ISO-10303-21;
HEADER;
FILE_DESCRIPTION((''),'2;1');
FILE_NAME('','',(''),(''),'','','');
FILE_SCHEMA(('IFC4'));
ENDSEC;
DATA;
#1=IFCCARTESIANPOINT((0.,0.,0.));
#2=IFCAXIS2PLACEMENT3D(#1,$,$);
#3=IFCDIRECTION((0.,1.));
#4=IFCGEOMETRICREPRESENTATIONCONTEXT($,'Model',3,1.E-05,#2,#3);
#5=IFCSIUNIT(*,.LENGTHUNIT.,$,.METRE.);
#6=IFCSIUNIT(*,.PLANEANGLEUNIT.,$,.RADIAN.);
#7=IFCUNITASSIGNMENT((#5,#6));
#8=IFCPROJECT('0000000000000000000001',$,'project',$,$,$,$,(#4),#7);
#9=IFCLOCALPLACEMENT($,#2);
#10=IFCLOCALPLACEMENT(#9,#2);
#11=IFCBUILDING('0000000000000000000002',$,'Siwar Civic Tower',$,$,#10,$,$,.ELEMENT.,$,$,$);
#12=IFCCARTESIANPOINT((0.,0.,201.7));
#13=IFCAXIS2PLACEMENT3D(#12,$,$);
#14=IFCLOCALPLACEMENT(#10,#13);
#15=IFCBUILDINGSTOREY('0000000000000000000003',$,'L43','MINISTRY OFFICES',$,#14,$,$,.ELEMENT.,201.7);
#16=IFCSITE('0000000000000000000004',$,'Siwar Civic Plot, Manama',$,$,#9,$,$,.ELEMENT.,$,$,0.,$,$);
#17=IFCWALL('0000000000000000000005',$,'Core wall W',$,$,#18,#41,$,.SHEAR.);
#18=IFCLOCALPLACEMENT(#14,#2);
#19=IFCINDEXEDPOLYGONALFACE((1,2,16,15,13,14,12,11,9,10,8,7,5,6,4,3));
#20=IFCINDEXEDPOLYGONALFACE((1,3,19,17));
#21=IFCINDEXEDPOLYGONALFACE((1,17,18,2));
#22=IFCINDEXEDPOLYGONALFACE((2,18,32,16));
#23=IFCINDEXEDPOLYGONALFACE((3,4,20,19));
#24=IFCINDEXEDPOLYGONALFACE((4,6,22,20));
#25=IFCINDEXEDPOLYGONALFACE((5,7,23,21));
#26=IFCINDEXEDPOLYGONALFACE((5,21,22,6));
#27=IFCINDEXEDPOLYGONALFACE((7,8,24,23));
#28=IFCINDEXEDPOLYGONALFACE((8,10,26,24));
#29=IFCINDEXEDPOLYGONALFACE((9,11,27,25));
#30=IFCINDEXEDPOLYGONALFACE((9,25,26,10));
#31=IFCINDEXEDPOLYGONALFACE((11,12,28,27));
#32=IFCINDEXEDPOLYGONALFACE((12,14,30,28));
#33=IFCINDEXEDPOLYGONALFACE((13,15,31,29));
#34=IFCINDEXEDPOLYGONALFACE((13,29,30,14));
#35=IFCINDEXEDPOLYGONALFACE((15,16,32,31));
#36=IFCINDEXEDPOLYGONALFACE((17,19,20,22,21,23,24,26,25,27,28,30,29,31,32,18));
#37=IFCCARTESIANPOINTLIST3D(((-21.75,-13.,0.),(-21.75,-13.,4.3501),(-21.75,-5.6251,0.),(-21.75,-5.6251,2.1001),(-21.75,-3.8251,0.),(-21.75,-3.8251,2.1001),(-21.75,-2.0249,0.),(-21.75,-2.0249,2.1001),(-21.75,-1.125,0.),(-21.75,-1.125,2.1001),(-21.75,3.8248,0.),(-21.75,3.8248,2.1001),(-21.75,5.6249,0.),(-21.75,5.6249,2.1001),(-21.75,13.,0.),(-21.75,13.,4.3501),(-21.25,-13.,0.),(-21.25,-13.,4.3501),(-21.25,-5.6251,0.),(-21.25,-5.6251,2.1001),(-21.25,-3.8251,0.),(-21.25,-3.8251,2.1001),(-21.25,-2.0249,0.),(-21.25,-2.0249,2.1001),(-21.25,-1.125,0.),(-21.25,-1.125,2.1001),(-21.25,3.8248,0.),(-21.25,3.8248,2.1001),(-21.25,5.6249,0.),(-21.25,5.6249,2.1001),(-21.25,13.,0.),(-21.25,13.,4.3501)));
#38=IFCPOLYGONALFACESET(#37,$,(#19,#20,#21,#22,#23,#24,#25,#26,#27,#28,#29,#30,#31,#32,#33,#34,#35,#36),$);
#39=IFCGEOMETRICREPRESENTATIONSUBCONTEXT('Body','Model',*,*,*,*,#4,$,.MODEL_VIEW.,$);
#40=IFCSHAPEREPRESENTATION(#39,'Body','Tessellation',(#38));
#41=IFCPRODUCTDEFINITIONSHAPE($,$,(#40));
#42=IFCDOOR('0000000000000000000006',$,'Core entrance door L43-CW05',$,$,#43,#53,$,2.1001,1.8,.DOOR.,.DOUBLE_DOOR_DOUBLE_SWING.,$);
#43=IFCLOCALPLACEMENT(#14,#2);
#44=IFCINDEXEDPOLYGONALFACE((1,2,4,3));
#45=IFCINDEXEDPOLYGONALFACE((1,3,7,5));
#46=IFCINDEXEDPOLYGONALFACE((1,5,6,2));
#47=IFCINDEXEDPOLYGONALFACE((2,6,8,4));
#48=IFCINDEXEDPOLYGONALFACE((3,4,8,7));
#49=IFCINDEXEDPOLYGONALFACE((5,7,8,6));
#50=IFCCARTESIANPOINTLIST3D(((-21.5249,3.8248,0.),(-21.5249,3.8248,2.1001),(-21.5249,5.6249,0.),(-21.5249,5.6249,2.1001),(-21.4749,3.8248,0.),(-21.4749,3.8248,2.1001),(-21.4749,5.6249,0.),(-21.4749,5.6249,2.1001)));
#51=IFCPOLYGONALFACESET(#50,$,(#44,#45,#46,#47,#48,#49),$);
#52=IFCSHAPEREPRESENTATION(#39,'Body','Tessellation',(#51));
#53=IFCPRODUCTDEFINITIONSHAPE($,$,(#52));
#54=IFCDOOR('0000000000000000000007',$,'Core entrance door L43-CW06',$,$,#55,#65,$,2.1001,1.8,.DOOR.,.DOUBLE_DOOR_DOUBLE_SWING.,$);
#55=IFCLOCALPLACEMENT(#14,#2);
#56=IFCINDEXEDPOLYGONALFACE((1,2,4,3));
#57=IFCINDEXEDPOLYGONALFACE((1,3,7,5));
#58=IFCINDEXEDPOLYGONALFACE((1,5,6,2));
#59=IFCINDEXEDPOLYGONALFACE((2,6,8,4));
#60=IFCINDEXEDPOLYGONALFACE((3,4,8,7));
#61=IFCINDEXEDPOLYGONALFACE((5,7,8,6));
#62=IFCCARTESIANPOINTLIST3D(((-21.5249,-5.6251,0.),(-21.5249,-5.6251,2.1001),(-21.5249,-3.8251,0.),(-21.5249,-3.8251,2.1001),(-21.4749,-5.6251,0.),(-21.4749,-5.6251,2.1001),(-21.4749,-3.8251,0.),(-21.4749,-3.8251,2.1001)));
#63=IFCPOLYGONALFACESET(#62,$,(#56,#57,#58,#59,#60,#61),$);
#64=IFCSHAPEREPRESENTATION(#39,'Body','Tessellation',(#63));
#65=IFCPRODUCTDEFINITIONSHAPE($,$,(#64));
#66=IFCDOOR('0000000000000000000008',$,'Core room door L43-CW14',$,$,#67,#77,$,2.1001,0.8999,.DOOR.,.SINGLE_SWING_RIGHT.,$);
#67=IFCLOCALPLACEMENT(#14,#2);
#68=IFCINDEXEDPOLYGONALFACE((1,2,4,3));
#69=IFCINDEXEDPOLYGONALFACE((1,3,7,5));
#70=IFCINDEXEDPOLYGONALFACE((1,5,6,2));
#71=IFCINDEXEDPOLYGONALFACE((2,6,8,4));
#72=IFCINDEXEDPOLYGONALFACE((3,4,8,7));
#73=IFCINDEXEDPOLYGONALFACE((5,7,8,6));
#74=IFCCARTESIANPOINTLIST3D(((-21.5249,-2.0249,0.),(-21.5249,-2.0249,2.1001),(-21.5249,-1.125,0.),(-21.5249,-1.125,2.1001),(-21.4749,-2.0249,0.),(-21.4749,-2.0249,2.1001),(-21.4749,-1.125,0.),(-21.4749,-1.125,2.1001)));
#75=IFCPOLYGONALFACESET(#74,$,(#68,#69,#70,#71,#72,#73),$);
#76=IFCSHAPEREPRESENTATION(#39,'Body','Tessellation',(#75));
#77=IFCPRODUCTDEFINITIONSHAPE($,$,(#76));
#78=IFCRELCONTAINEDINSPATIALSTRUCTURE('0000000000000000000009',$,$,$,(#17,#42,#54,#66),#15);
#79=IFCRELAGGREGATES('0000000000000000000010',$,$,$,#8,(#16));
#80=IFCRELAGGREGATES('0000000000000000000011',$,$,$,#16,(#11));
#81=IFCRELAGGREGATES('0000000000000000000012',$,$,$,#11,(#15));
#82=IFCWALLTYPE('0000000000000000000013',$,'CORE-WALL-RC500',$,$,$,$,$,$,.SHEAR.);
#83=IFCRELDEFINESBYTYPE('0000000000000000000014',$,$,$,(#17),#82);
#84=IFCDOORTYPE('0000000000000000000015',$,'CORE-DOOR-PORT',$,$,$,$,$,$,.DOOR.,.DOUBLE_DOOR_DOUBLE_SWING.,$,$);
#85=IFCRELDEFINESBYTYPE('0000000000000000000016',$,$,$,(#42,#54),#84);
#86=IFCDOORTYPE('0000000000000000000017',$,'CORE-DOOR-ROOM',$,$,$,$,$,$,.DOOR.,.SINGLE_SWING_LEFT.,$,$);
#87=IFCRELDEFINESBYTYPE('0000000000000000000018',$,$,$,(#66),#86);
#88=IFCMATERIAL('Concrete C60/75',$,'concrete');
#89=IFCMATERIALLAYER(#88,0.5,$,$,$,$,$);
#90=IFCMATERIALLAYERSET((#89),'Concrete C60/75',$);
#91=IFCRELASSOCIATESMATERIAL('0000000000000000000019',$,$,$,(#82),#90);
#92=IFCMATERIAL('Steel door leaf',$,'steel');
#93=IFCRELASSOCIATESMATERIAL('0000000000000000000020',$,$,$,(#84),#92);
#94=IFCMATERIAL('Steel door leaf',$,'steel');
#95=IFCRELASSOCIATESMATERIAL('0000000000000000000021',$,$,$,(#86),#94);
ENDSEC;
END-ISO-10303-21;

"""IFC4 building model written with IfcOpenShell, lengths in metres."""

from ifc_helpers import new_model, si_unit, direction, frame, frame_2d, origin, place, context, subcontext, project, spatial, rectangle, extrude, material, layer, layer_set, type_object, element, fill, save


model = new_model("IFC4")

# Units and contexts
model_context = context("Model", 3, precision=1e-05, world=origin(), true_north=direction((0.0, 1.0)))
body_context = subcontext(model_context, "Body", "Model", "MODEL_VIEW")
ifc_project = project(units=[si_unit("LENGTHUNIT", "METRE"), si_unit("PLANEANGLEUNIT", "RADIAN")], contexts=[model_context])

# Site, building, storey
site_placement = place(None, origin())
site = spatial("IfcSite", under=ifc_project, at=site_placement, Name="Siwar Civic Plot, Manama", CompositionType="ELEMENT", RefElevation=0.0)
building_placement = place(site_placement, origin())
building = spatial("IfcBuilding", under=site, at=building_placement, Name="Siwar Civic Tower", CompositionType="ELEMENT")
storey_placement = place(building_placement, frame((0.0, 0.0, 201.7)))
storey = spatial("IfcBuildingStorey", under=building, at=storey_placement, Name="L43", Description="MINISTRY OFFICES", CompositionType="ELEMENT", Elevation=201.7)

# Wall, openings, doors
ifc_material_1 = material(Name="Concrete C60/75", Category="concrete")
ifc_layer_1 = layer(ifc_material_1, 0.5)
ifc_layer_set_1 = layer_set([ifc_layer_1], Name="Concrete C60/75")
wall_type_1 = type_object("IfcWallType", Name="CORE-WALL-RC500", PredefinedType="SHEAR", material=ifc_layer_set_1)
wall_1_placement = place(storey_placement, frame((-21.5, -13.0, 0.0), z_axis=(0.0, 0.0, 1.0), x_axis=(0.0, 1.0, 0.0)))
wall_1 = element("IfcWall", 1, at=wall_1_placement, inside=storey, type_object=wall_type_1, Name="Core wall W", PredefinedType="SHEAR", context=body_context, shape_type="SweptSolid", body=[
    extrude(rectangle(XDim=26.0, YDim=0.5, at=frame_2d((13.0, 0.0))), origin(), (0.0, 0.0, 1.0), 4.3501),
])
opening_1_placement = place(wall_1_placement, frame((16.825, 0.0, 0.0)))
opening_1 = element("IfcOpeningElement", 2, at=opening_1_placement, cuts=wall_1, PredefinedType="OPENING", context=body_context, shape_type="SweptSolid", body=[
    extrude(rectangle(XDim=1.8, YDim=2.1001, at=frame_2d((0.8999, 1.05))), frame((0.0, 0.26, 0.0), z_axis=(0.0, -1.0, 0.0), x_axis=(1.0, 0.0, 0.0)), (0.0, 0.0, 1.0), 0.52),
])
opening_2_placement = place(wall_1_placement, frame((7.375, 0.0, 0.0)))
opening_2 = element("IfcOpeningElement", 3, at=opening_2_placement, cuts=wall_1, PredefinedType="OPENING", context=body_context, shape_type="SweptSolid", body=[
    extrude(rectangle(XDim=1.8, YDim=2.1001, at=frame_2d((0.8999, 1.05))), frame((0.0, 0.26, 0.0), z_axis=(0.0, -1.0, 0.0), x_axis=(1.0, 0.0, 0.0)), (0.0, 0.0, 1.0), 0.52),
])
opening_3_placement = place(wall_1_placement, frame((10.9751, 0.0, 0.0)))
opening_3 = element("IfcOpeningElement", 4, at=opening_3_placement, cuts=wall_1, PredefinedType="OPENING", context=body_context, shape_type="SweptSolid", body=[
    extrude(rectangle(XDim=0.8999, YDim=2.1001, at=frame_2d((0.45, 1.05))), frame((0.0, 0.26, 0.0), z_axis=(0.0, -1.0, 0.0), x_axis=(1.0, 0.0, 0.0)), (0.0, 0.0, 1.0), 0.52),
])
ifc_material_2 = material(Name="Steel door leaf", Category="steel")
door_type_1 = type_object("IfcDoorType", Name="CORE-DOOR-PORT", OperationType="DOUBLE_DOOR_DOUBLE_SWING", PredefinedType="DOOR", material=ifc_material_2)
door_1_placement = place(opening_1_placement, origin())
door_1 = element("IfcDoor", 5, at=door_1_placement, inside=storey, type_object=door_type_1, Name="Core entrance door L43-CW05", OperationType="DOUBLE_DOOR_DOUBLE_SWING", OverallHeight=2.1001, OverallWidth=1.8, PredefinedType="DOOR", context=body_context, shape_type="SweptSolid", body=[
    extrude(rectangle(XDim=1.8, YDim=2.1001, at=frame_2d((0.8999, 1.05))), frame((0.0, 0.0249, 0.0), z_axis=(0.0, -1.0, 0.0), x_axis=(1.0, 0.0, 0.0)), (0.0, 0.0, 1.0), 0.05),
])
fill(opening_1, door_1)
door_2_placement = place(opening_2_placement, origin())
door_2 = element("IfcDoor", 6, at=door_2_placement, inside=storey, type_object=door_type_1, Name="Core entrance door L43-CW06", OperationType="DOUBLE_DOOR_DOUBLE_SWING", OverallHeight=2.1001, OverallWidth=1.8, PredefinedType="DOOR", context=body_context, shape_type="SweptSolid", body=[
    extrude(rectangle(XDim=1.8, YDim=2.1001, at=frame_2d((0.8999, 1.05))), frame((0.0, 0.0249, 0.0), z_axis=(0.0, -1.0, 0.0), x_axis=(1.0, 0.0, 0.0)), (0.0, 0.0, 1.0), 0.05),
])
fill(opening_2, door_2)
ifc_material_3 = material(Name="Steel door leaf", Category="steel")
door_type_2 = type_object("IfcDoorType", Name="CORE-DOOR-ROOM", OperationType="SINGLE_SWING_LEFT", PredefinedType="DOOR", material=ifc_material_3)
door_3_placement = place(opening_3_placement, origin())
door_3 = element("IfcDoor", 7, at=door_3_placement, inside=storey, type_object=door_type_2, Name="Core room door L43-CW14", OperationType="SINGLE_SWING_RIGHT", OverallHeight=2.1001, OverallWidth=0.8999, PredefinedType="DOOR", context=body_context, shape_type="SweptSolid", body=[
    extrude(rectangle(XDim=0.8999, YDim=2.1001, at=frame_2d((0.45, 1.05))), frame((0.0, 0.0249, 0.0), z_axis=(0.0, -1.0, 0.0), x_axis=(1.0, 0.0, 0.0)), (0.0, 0.0, 1.0), 0.05),
])
fill(opening_3, door_3)

save(model, "model.ifc")
